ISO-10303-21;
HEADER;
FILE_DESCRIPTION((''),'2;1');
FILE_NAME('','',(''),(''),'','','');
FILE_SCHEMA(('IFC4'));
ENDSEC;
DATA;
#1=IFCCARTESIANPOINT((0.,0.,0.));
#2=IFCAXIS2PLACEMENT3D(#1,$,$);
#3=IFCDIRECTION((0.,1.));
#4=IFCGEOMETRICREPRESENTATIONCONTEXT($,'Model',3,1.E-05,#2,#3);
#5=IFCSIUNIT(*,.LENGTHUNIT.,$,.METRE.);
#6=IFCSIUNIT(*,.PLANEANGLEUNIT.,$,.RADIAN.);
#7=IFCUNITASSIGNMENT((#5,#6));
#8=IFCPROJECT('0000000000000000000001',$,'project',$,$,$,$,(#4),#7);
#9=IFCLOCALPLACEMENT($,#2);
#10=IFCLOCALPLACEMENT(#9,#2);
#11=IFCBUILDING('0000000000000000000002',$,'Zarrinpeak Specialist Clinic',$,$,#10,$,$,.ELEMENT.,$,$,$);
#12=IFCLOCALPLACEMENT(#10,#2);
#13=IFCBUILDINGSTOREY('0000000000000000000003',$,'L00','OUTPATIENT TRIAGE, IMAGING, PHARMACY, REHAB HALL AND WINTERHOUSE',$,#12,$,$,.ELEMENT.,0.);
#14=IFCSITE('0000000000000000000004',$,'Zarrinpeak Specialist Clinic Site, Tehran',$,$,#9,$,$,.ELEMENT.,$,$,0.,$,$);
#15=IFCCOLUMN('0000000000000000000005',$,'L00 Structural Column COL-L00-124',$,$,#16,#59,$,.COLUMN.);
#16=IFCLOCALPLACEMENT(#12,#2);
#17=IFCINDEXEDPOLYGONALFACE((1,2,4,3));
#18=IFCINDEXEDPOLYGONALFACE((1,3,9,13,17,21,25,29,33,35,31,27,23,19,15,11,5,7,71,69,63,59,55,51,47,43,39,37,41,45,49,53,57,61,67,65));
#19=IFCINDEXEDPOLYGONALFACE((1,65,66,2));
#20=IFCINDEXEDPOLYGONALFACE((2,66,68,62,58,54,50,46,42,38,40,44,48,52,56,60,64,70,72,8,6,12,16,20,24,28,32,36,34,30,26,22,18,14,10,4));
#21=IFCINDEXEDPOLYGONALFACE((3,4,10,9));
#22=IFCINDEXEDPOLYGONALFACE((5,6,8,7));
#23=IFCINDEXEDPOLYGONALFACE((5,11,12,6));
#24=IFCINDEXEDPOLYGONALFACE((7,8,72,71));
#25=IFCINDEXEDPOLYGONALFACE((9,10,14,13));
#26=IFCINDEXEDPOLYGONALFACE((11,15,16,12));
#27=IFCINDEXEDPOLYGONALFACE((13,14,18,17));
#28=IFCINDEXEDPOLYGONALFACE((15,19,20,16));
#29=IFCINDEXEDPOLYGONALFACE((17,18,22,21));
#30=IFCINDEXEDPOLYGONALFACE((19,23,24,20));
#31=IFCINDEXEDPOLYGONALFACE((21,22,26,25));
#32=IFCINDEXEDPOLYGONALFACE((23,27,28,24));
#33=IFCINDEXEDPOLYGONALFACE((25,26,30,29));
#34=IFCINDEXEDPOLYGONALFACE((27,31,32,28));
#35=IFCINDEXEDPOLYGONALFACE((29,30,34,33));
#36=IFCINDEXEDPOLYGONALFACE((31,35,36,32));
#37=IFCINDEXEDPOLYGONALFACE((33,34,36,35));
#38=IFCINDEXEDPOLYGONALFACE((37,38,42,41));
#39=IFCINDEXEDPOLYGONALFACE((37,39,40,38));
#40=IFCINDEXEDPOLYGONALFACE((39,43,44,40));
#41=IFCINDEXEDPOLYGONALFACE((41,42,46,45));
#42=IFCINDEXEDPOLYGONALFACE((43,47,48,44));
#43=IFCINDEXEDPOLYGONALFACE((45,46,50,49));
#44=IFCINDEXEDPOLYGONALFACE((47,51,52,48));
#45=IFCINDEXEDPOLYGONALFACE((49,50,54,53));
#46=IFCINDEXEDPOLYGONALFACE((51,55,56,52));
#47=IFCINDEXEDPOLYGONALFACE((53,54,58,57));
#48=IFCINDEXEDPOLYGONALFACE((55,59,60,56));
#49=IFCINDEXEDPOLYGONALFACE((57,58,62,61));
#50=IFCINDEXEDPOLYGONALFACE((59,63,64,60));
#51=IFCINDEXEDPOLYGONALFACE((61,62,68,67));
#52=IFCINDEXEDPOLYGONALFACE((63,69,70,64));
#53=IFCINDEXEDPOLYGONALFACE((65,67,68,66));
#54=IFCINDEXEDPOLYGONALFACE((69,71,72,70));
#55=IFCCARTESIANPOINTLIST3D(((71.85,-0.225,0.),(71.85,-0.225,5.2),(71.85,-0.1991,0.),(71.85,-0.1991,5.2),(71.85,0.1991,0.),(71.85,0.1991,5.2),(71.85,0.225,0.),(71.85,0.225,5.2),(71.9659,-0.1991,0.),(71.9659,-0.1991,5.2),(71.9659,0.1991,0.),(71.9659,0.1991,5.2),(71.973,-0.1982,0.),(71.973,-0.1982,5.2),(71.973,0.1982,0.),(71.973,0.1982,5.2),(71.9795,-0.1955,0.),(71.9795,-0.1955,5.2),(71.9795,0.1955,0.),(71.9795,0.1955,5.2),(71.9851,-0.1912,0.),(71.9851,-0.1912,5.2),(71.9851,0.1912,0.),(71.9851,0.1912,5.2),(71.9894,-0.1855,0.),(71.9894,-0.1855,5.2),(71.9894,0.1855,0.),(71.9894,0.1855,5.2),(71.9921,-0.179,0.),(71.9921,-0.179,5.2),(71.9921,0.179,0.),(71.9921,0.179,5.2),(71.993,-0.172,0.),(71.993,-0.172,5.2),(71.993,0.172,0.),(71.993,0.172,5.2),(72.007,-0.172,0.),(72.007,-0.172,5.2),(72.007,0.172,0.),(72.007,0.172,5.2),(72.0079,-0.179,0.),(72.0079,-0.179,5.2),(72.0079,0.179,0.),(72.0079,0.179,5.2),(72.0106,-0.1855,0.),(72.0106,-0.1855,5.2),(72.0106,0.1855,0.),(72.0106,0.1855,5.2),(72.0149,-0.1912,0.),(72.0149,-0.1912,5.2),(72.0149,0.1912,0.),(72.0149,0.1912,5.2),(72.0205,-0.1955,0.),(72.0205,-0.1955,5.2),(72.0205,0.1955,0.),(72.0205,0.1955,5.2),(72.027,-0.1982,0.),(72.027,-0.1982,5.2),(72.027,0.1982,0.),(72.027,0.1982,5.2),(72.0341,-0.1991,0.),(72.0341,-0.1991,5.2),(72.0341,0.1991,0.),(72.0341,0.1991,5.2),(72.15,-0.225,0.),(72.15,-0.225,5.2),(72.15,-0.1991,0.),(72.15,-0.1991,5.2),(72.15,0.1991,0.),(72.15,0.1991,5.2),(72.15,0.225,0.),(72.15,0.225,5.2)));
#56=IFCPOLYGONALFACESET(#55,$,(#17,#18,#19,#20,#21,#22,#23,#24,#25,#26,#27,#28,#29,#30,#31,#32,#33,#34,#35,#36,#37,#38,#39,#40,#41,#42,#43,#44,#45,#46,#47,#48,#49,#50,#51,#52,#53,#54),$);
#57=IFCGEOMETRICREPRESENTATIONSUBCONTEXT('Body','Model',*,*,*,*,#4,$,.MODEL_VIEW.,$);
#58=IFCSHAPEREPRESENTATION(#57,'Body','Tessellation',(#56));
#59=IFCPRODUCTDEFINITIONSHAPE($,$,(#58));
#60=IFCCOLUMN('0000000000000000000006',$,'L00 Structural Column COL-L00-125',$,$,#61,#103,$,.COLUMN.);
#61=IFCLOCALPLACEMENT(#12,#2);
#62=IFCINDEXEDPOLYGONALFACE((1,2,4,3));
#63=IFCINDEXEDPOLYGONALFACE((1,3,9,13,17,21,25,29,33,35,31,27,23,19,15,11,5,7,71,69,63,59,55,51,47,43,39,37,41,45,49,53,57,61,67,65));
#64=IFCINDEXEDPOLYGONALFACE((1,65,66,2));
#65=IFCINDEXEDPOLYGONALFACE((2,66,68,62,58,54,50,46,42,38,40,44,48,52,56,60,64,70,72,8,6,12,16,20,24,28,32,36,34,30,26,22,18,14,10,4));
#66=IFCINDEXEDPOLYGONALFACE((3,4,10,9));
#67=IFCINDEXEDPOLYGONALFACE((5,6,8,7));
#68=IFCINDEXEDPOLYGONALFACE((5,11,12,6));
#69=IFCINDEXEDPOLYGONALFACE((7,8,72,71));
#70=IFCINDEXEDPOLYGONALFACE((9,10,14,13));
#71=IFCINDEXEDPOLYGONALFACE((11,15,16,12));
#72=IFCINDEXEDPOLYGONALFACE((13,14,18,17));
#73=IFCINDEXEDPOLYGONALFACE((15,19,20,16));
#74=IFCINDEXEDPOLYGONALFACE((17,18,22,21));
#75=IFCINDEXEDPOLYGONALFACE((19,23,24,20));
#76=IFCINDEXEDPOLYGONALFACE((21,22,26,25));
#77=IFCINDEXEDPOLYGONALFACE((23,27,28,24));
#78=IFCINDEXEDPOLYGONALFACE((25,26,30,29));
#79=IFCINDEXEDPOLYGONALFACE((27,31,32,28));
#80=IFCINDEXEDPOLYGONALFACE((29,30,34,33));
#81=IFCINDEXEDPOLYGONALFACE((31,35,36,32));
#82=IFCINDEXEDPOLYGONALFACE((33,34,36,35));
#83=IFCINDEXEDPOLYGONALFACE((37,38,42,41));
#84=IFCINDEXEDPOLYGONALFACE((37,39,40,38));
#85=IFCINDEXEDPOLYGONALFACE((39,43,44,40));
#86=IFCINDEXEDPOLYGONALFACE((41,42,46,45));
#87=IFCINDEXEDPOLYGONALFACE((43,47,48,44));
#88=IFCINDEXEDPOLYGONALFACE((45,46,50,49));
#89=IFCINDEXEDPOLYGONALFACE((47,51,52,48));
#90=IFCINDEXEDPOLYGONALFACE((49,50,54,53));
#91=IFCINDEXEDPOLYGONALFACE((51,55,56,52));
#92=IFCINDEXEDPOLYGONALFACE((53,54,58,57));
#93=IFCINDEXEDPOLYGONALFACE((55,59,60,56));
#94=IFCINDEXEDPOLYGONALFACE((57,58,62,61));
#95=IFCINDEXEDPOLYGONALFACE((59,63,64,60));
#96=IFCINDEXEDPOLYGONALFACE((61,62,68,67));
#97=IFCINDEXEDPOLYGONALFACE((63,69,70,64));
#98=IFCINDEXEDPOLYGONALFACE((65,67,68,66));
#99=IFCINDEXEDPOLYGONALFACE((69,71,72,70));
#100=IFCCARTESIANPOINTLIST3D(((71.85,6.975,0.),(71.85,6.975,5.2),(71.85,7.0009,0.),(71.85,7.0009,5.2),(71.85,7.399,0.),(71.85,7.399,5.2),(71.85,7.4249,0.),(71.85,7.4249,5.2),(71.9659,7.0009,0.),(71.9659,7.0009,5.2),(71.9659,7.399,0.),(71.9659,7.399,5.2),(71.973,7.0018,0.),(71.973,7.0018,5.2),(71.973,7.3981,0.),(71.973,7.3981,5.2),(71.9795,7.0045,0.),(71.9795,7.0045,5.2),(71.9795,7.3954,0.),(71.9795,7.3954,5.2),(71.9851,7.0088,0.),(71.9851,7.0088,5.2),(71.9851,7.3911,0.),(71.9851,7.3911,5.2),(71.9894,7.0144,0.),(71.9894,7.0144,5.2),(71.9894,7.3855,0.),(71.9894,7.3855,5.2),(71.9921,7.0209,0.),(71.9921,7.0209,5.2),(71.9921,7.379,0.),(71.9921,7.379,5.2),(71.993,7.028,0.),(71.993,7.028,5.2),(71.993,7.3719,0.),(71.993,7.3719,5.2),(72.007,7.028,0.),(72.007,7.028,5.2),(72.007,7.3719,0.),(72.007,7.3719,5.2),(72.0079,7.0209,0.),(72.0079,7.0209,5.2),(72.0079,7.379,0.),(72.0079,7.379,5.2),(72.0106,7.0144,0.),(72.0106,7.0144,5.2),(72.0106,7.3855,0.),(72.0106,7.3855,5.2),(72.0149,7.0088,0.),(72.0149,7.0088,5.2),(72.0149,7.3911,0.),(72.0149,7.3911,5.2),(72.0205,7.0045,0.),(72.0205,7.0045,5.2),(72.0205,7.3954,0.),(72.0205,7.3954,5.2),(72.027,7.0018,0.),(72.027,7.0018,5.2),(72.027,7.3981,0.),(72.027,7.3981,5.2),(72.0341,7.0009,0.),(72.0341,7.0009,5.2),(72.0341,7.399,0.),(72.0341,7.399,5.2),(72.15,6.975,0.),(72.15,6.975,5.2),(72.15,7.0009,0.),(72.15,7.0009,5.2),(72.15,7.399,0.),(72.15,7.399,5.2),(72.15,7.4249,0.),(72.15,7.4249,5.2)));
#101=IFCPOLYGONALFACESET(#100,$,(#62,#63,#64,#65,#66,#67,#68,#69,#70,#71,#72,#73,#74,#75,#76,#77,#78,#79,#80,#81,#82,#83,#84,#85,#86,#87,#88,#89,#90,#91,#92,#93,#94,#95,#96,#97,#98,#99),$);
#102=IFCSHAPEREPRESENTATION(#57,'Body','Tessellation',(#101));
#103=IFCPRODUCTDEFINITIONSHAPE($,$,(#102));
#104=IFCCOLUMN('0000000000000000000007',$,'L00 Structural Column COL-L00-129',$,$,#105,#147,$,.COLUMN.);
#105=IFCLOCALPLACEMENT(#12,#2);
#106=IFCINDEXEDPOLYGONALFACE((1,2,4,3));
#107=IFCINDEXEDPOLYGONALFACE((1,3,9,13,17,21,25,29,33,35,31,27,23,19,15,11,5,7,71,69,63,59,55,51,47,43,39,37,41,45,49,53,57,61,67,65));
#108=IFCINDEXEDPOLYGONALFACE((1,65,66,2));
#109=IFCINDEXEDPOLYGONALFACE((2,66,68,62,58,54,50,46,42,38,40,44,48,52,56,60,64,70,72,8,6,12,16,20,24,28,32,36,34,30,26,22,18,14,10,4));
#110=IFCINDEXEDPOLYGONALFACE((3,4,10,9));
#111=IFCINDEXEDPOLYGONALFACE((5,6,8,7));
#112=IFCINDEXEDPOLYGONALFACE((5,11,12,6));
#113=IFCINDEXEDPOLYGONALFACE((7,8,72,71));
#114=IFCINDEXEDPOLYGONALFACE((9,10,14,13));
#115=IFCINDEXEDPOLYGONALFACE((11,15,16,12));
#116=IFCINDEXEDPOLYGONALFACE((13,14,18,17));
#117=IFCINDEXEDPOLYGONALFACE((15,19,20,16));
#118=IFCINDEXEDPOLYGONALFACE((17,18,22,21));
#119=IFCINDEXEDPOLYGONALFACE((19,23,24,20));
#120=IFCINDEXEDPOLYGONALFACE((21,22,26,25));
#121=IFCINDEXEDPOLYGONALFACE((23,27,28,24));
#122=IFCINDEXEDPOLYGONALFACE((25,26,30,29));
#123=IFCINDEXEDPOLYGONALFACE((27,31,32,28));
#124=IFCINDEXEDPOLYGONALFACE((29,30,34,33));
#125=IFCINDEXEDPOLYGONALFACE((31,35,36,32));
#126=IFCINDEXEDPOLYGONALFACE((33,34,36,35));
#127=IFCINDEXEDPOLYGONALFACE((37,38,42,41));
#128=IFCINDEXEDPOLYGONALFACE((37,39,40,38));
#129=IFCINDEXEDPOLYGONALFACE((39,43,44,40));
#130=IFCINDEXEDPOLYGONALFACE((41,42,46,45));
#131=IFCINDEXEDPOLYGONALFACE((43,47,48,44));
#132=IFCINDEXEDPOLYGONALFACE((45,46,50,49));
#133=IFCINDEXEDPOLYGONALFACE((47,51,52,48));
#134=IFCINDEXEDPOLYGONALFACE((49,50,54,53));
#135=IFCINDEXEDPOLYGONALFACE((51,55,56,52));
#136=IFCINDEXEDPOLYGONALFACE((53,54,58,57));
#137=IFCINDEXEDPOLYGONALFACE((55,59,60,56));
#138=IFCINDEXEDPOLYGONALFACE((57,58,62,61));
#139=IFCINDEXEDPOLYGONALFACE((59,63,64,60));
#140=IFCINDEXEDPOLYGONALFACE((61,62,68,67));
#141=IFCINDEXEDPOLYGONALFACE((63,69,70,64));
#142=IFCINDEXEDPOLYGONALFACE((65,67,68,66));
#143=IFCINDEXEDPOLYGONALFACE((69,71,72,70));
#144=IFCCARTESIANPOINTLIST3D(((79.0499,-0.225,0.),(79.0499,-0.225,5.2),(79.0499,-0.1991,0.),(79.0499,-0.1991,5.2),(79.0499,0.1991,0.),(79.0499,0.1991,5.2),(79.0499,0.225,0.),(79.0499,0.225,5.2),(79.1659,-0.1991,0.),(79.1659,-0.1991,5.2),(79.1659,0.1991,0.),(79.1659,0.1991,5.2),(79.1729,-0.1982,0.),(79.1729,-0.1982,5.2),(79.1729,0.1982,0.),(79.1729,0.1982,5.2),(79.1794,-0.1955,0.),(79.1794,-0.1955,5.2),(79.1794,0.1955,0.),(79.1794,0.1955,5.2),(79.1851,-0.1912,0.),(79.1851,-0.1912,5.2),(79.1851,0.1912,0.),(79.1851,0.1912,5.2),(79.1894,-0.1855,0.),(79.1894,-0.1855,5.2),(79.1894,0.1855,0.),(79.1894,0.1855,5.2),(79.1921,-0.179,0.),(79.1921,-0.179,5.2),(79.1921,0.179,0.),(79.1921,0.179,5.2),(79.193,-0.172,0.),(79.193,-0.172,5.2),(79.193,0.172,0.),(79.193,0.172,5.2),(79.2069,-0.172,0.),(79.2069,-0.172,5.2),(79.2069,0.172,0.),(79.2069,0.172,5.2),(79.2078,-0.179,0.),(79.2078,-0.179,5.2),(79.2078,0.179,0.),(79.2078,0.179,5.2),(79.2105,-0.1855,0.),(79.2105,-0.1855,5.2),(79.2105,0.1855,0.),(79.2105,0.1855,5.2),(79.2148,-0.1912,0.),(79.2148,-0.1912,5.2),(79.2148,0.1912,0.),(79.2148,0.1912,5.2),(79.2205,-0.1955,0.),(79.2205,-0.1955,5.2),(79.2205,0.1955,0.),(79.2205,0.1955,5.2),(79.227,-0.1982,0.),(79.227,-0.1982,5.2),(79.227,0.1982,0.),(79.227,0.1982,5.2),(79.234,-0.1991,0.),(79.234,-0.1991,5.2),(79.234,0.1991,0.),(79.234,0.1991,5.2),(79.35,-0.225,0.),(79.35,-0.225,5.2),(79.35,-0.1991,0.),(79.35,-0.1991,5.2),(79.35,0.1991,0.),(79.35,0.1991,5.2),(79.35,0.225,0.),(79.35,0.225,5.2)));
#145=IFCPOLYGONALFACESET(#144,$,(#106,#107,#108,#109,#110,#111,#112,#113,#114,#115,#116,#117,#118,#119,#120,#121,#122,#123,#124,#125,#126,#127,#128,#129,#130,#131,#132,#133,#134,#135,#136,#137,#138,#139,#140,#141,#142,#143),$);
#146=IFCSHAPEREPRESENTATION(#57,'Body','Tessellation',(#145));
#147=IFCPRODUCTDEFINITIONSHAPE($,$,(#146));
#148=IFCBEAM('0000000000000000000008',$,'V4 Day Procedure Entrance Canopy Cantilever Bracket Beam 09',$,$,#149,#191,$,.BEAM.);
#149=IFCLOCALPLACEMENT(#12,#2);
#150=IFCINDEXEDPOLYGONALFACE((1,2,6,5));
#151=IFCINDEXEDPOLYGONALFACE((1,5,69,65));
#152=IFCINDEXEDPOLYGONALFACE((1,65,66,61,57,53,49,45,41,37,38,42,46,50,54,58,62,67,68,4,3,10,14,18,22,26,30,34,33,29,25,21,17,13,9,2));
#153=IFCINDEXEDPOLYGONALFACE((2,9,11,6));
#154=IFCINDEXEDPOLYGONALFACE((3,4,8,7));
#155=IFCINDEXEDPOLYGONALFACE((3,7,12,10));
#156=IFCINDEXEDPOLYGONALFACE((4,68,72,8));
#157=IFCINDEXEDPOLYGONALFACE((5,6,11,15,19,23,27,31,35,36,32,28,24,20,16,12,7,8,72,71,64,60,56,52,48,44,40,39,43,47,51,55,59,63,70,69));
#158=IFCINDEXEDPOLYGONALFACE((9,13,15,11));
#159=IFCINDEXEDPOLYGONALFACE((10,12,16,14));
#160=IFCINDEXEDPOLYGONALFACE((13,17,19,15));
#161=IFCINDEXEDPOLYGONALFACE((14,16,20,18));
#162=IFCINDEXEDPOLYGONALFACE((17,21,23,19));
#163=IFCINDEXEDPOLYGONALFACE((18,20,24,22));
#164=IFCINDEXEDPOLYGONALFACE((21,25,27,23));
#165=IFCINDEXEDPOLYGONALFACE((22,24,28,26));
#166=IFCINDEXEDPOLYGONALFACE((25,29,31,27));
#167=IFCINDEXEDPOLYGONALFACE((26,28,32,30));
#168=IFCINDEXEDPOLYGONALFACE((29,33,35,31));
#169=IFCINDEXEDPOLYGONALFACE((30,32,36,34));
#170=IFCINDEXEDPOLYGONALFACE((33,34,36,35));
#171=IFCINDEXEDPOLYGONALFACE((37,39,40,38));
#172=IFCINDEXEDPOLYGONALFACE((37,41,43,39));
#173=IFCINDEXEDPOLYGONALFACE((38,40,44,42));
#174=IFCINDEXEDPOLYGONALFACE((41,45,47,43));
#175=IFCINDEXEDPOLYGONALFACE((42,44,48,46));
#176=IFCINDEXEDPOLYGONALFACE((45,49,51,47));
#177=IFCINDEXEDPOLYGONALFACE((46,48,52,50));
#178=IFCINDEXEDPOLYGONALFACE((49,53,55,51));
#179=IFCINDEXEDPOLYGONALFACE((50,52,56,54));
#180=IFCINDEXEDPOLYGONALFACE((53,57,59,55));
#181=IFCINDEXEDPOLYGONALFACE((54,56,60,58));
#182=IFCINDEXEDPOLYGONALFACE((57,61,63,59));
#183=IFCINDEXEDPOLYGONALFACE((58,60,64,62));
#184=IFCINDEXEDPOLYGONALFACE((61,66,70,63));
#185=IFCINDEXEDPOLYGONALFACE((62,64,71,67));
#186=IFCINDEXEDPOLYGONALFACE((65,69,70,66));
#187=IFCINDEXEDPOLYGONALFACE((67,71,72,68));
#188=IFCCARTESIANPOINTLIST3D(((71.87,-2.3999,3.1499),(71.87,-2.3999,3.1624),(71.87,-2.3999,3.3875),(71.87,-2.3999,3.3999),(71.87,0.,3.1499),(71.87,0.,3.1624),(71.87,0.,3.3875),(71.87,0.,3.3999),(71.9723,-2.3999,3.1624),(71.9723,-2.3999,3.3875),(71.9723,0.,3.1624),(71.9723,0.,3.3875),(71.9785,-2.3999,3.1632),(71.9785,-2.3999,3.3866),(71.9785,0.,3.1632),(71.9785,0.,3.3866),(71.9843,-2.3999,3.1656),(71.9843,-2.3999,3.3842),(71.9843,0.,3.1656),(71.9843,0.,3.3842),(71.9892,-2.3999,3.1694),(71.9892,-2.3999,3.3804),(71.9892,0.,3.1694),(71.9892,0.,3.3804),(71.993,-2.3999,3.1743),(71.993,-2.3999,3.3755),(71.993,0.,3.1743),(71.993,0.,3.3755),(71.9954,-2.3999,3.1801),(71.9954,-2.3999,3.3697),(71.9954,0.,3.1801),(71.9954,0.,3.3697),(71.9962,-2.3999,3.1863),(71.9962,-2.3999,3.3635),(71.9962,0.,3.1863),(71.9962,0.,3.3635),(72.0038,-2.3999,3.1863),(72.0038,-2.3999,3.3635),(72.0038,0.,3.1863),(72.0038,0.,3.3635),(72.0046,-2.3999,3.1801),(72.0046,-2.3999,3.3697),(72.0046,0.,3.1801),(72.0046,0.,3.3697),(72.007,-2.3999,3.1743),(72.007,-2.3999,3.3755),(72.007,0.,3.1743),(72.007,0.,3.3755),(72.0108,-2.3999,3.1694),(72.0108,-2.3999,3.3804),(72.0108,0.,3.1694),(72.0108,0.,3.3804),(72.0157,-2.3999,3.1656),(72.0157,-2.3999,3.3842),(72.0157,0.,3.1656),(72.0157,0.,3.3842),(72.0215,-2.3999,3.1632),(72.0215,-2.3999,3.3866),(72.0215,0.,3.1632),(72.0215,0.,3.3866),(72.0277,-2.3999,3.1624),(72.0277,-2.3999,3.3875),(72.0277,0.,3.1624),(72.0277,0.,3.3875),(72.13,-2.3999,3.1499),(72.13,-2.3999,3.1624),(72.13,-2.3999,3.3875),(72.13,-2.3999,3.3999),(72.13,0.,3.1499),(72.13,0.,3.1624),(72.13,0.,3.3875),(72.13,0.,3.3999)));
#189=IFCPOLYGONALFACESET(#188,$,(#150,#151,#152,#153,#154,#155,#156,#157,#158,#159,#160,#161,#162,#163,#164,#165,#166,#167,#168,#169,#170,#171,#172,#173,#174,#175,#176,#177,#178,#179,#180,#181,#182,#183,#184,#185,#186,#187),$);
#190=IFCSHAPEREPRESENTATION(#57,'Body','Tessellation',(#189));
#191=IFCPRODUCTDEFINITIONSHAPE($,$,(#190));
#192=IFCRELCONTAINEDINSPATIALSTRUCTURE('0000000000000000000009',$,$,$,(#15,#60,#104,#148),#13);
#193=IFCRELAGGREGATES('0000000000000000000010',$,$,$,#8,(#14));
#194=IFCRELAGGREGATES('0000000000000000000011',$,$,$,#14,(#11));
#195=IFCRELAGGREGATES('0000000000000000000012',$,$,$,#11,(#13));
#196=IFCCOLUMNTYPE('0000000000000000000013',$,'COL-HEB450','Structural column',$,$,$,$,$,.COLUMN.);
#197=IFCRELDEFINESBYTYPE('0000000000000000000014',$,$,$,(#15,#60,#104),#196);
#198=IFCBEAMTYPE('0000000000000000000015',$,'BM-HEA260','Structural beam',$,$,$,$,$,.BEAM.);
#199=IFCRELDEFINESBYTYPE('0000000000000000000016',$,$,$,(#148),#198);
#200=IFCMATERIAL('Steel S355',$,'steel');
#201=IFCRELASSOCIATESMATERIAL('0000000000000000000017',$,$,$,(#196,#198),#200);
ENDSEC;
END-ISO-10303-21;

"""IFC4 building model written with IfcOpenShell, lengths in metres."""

from ifc_helpers import new_model, si_unit, direction, frame, origin, origin_2d, place, context, subcontext, project, spatial, i_section, extrude, material, material_profile, profile_set, type_object, element, save


model = new_model("IFC4")

# Units and contexts
model_context = context("Model", 3, precision=1e-05, world=origin(), true_north=direction((0.0, 1.0)))
body_context = subcontext(model_context, "Body", "Model", "MODEL_VIEW")
ifc_project = project(units=[si_unit("LENGTHUNIT", "METRE"), si_unit("PLANEANGLEUNIT", "RADIAN")], contexts=[model_context])

# Site, building, storey
site_placement = place(None, origin())
site = spatial("IfcSite", under=ifc_project, at=site_placement, Name="Zarrinpeak Specialist Clinic Site, Tehran", CompositionType="ELEMENT", RefElevation=0.0)
building_placement = place(site_placement, origin())
building = spatial("IfcBuilding", under=site, at=building_placement, Name="Zarrinpeak Specialist Clinic", CompositionType="ELEMENT")
storey_placement = place(building_placement, origin())
storey = spatial("IfcBuildingStorey", under=building, at=storey_placement, Name="L00", Description="OUTPATIENT TRIAGE, IMAGING, PHARMACY, REHAB HALL AND WINTERHOUSE", CompositionType="ELEMENT", Elevation=0.0)

# Columns
ifc_material_1 = material(Name="Steel S355", Category="steel")
ifc_material_profile_1 = material_profile(ifc_material_1, i_section(OverallWidth=0.3, OverallDepth=0.45, WebThickness=0.0139, FlangeThickness=0.0259, FilletRadius=0.0271, at=origin_2d()), Name="HEB 450")
ifc_profile_set_1 = profile_set([ifc_material_profile_1], Name="Steel S355")
column_type = type_object("IfcColumnType", Name="COL-HEB450", Description="Structural column", PredefinedType="COLUMN", material=ifc_profile_set_1)
for number, where, z_axis, x_axis, name in (
    (1, (72.0, 0.0, 0.0), (0.0, 0.0, 1.0), (1.0, 0.0, 0.0), "L00 Structural Column COL-L00-124"),
    (2, (72.0, 7.2, 0.0), (0.0, 0.0, 1.0), (1.0, 0.0, 0.0), "L00 Structural Column COL-L00-125"),
    (3, (79.2, 0.0, 0.0), (0.0, 0.0, 1.0), (1.0, 0.0, 0.0), "L00 Structural Column COL-L00-129"),
):
    element("IfcColumn", number, at=place(storey_placement, frame(where, z_axis=z_axis, x_axis=x_axis)), inside=storey, type_object=column_type, Name=name, PredefinedType="COLUMN", context=body_context, shape_type="SweptSolid", body=[
        extrude(i_section(OverallWidth=0.3, OverallDepth=0.45, WebThickness=0.0139, FlangeThickness=0.0259, FilletRadius=0.0271, at=origin_2d()), origin(), (0.0, 0.0, 1.0), 5.2),
    ])

# Beam
ifc_material_profile_2 = material_profile(ifc_material_1, i_section(OverallWidth=0.26, OverallDepth=0.25, WebThickness=0.0076, FlangeThickness=0.0125, FilletRadius=0.0239, at=origin_2d()), Name="HEA 260")
ifc_profile_set_2 = profile_set([ifc_material_profile_2], Name="Steel S355")
beam_type_1 = type_object("IfcBeamType", Name="BM-HEA260", Description="Structural beam", PredefinedType="BEAM", material=ifc_profile_set_2)
beam_1_placement = place(storey_placement, frame((72.0, 0.0, 3.2749), z_axis=(0.0, -1.0, 0.0), x_axis=(1.0, 0.0, 0.0)))
element("IfcBeam", 4, at=beam_1_placement, inside=storey, type_object=beam_type_1, Name="V4 Day Procedure Entrance Canopy Cantilever Bracket Beam 09", PredefinedType="BEAM", context=body_context, shape_type="SweptSolid", body=[
    extrude(i_section(OverallWidth=0.26, OverallDepth=0.25, WebThickness=0.0076, FlangeThickness=0.0125, FilletRadius=0.0239, at=origin_2d()), origin(), (0.0, 0.0, 1.0), 2.3999),
])

save(model, "model.ifc")
